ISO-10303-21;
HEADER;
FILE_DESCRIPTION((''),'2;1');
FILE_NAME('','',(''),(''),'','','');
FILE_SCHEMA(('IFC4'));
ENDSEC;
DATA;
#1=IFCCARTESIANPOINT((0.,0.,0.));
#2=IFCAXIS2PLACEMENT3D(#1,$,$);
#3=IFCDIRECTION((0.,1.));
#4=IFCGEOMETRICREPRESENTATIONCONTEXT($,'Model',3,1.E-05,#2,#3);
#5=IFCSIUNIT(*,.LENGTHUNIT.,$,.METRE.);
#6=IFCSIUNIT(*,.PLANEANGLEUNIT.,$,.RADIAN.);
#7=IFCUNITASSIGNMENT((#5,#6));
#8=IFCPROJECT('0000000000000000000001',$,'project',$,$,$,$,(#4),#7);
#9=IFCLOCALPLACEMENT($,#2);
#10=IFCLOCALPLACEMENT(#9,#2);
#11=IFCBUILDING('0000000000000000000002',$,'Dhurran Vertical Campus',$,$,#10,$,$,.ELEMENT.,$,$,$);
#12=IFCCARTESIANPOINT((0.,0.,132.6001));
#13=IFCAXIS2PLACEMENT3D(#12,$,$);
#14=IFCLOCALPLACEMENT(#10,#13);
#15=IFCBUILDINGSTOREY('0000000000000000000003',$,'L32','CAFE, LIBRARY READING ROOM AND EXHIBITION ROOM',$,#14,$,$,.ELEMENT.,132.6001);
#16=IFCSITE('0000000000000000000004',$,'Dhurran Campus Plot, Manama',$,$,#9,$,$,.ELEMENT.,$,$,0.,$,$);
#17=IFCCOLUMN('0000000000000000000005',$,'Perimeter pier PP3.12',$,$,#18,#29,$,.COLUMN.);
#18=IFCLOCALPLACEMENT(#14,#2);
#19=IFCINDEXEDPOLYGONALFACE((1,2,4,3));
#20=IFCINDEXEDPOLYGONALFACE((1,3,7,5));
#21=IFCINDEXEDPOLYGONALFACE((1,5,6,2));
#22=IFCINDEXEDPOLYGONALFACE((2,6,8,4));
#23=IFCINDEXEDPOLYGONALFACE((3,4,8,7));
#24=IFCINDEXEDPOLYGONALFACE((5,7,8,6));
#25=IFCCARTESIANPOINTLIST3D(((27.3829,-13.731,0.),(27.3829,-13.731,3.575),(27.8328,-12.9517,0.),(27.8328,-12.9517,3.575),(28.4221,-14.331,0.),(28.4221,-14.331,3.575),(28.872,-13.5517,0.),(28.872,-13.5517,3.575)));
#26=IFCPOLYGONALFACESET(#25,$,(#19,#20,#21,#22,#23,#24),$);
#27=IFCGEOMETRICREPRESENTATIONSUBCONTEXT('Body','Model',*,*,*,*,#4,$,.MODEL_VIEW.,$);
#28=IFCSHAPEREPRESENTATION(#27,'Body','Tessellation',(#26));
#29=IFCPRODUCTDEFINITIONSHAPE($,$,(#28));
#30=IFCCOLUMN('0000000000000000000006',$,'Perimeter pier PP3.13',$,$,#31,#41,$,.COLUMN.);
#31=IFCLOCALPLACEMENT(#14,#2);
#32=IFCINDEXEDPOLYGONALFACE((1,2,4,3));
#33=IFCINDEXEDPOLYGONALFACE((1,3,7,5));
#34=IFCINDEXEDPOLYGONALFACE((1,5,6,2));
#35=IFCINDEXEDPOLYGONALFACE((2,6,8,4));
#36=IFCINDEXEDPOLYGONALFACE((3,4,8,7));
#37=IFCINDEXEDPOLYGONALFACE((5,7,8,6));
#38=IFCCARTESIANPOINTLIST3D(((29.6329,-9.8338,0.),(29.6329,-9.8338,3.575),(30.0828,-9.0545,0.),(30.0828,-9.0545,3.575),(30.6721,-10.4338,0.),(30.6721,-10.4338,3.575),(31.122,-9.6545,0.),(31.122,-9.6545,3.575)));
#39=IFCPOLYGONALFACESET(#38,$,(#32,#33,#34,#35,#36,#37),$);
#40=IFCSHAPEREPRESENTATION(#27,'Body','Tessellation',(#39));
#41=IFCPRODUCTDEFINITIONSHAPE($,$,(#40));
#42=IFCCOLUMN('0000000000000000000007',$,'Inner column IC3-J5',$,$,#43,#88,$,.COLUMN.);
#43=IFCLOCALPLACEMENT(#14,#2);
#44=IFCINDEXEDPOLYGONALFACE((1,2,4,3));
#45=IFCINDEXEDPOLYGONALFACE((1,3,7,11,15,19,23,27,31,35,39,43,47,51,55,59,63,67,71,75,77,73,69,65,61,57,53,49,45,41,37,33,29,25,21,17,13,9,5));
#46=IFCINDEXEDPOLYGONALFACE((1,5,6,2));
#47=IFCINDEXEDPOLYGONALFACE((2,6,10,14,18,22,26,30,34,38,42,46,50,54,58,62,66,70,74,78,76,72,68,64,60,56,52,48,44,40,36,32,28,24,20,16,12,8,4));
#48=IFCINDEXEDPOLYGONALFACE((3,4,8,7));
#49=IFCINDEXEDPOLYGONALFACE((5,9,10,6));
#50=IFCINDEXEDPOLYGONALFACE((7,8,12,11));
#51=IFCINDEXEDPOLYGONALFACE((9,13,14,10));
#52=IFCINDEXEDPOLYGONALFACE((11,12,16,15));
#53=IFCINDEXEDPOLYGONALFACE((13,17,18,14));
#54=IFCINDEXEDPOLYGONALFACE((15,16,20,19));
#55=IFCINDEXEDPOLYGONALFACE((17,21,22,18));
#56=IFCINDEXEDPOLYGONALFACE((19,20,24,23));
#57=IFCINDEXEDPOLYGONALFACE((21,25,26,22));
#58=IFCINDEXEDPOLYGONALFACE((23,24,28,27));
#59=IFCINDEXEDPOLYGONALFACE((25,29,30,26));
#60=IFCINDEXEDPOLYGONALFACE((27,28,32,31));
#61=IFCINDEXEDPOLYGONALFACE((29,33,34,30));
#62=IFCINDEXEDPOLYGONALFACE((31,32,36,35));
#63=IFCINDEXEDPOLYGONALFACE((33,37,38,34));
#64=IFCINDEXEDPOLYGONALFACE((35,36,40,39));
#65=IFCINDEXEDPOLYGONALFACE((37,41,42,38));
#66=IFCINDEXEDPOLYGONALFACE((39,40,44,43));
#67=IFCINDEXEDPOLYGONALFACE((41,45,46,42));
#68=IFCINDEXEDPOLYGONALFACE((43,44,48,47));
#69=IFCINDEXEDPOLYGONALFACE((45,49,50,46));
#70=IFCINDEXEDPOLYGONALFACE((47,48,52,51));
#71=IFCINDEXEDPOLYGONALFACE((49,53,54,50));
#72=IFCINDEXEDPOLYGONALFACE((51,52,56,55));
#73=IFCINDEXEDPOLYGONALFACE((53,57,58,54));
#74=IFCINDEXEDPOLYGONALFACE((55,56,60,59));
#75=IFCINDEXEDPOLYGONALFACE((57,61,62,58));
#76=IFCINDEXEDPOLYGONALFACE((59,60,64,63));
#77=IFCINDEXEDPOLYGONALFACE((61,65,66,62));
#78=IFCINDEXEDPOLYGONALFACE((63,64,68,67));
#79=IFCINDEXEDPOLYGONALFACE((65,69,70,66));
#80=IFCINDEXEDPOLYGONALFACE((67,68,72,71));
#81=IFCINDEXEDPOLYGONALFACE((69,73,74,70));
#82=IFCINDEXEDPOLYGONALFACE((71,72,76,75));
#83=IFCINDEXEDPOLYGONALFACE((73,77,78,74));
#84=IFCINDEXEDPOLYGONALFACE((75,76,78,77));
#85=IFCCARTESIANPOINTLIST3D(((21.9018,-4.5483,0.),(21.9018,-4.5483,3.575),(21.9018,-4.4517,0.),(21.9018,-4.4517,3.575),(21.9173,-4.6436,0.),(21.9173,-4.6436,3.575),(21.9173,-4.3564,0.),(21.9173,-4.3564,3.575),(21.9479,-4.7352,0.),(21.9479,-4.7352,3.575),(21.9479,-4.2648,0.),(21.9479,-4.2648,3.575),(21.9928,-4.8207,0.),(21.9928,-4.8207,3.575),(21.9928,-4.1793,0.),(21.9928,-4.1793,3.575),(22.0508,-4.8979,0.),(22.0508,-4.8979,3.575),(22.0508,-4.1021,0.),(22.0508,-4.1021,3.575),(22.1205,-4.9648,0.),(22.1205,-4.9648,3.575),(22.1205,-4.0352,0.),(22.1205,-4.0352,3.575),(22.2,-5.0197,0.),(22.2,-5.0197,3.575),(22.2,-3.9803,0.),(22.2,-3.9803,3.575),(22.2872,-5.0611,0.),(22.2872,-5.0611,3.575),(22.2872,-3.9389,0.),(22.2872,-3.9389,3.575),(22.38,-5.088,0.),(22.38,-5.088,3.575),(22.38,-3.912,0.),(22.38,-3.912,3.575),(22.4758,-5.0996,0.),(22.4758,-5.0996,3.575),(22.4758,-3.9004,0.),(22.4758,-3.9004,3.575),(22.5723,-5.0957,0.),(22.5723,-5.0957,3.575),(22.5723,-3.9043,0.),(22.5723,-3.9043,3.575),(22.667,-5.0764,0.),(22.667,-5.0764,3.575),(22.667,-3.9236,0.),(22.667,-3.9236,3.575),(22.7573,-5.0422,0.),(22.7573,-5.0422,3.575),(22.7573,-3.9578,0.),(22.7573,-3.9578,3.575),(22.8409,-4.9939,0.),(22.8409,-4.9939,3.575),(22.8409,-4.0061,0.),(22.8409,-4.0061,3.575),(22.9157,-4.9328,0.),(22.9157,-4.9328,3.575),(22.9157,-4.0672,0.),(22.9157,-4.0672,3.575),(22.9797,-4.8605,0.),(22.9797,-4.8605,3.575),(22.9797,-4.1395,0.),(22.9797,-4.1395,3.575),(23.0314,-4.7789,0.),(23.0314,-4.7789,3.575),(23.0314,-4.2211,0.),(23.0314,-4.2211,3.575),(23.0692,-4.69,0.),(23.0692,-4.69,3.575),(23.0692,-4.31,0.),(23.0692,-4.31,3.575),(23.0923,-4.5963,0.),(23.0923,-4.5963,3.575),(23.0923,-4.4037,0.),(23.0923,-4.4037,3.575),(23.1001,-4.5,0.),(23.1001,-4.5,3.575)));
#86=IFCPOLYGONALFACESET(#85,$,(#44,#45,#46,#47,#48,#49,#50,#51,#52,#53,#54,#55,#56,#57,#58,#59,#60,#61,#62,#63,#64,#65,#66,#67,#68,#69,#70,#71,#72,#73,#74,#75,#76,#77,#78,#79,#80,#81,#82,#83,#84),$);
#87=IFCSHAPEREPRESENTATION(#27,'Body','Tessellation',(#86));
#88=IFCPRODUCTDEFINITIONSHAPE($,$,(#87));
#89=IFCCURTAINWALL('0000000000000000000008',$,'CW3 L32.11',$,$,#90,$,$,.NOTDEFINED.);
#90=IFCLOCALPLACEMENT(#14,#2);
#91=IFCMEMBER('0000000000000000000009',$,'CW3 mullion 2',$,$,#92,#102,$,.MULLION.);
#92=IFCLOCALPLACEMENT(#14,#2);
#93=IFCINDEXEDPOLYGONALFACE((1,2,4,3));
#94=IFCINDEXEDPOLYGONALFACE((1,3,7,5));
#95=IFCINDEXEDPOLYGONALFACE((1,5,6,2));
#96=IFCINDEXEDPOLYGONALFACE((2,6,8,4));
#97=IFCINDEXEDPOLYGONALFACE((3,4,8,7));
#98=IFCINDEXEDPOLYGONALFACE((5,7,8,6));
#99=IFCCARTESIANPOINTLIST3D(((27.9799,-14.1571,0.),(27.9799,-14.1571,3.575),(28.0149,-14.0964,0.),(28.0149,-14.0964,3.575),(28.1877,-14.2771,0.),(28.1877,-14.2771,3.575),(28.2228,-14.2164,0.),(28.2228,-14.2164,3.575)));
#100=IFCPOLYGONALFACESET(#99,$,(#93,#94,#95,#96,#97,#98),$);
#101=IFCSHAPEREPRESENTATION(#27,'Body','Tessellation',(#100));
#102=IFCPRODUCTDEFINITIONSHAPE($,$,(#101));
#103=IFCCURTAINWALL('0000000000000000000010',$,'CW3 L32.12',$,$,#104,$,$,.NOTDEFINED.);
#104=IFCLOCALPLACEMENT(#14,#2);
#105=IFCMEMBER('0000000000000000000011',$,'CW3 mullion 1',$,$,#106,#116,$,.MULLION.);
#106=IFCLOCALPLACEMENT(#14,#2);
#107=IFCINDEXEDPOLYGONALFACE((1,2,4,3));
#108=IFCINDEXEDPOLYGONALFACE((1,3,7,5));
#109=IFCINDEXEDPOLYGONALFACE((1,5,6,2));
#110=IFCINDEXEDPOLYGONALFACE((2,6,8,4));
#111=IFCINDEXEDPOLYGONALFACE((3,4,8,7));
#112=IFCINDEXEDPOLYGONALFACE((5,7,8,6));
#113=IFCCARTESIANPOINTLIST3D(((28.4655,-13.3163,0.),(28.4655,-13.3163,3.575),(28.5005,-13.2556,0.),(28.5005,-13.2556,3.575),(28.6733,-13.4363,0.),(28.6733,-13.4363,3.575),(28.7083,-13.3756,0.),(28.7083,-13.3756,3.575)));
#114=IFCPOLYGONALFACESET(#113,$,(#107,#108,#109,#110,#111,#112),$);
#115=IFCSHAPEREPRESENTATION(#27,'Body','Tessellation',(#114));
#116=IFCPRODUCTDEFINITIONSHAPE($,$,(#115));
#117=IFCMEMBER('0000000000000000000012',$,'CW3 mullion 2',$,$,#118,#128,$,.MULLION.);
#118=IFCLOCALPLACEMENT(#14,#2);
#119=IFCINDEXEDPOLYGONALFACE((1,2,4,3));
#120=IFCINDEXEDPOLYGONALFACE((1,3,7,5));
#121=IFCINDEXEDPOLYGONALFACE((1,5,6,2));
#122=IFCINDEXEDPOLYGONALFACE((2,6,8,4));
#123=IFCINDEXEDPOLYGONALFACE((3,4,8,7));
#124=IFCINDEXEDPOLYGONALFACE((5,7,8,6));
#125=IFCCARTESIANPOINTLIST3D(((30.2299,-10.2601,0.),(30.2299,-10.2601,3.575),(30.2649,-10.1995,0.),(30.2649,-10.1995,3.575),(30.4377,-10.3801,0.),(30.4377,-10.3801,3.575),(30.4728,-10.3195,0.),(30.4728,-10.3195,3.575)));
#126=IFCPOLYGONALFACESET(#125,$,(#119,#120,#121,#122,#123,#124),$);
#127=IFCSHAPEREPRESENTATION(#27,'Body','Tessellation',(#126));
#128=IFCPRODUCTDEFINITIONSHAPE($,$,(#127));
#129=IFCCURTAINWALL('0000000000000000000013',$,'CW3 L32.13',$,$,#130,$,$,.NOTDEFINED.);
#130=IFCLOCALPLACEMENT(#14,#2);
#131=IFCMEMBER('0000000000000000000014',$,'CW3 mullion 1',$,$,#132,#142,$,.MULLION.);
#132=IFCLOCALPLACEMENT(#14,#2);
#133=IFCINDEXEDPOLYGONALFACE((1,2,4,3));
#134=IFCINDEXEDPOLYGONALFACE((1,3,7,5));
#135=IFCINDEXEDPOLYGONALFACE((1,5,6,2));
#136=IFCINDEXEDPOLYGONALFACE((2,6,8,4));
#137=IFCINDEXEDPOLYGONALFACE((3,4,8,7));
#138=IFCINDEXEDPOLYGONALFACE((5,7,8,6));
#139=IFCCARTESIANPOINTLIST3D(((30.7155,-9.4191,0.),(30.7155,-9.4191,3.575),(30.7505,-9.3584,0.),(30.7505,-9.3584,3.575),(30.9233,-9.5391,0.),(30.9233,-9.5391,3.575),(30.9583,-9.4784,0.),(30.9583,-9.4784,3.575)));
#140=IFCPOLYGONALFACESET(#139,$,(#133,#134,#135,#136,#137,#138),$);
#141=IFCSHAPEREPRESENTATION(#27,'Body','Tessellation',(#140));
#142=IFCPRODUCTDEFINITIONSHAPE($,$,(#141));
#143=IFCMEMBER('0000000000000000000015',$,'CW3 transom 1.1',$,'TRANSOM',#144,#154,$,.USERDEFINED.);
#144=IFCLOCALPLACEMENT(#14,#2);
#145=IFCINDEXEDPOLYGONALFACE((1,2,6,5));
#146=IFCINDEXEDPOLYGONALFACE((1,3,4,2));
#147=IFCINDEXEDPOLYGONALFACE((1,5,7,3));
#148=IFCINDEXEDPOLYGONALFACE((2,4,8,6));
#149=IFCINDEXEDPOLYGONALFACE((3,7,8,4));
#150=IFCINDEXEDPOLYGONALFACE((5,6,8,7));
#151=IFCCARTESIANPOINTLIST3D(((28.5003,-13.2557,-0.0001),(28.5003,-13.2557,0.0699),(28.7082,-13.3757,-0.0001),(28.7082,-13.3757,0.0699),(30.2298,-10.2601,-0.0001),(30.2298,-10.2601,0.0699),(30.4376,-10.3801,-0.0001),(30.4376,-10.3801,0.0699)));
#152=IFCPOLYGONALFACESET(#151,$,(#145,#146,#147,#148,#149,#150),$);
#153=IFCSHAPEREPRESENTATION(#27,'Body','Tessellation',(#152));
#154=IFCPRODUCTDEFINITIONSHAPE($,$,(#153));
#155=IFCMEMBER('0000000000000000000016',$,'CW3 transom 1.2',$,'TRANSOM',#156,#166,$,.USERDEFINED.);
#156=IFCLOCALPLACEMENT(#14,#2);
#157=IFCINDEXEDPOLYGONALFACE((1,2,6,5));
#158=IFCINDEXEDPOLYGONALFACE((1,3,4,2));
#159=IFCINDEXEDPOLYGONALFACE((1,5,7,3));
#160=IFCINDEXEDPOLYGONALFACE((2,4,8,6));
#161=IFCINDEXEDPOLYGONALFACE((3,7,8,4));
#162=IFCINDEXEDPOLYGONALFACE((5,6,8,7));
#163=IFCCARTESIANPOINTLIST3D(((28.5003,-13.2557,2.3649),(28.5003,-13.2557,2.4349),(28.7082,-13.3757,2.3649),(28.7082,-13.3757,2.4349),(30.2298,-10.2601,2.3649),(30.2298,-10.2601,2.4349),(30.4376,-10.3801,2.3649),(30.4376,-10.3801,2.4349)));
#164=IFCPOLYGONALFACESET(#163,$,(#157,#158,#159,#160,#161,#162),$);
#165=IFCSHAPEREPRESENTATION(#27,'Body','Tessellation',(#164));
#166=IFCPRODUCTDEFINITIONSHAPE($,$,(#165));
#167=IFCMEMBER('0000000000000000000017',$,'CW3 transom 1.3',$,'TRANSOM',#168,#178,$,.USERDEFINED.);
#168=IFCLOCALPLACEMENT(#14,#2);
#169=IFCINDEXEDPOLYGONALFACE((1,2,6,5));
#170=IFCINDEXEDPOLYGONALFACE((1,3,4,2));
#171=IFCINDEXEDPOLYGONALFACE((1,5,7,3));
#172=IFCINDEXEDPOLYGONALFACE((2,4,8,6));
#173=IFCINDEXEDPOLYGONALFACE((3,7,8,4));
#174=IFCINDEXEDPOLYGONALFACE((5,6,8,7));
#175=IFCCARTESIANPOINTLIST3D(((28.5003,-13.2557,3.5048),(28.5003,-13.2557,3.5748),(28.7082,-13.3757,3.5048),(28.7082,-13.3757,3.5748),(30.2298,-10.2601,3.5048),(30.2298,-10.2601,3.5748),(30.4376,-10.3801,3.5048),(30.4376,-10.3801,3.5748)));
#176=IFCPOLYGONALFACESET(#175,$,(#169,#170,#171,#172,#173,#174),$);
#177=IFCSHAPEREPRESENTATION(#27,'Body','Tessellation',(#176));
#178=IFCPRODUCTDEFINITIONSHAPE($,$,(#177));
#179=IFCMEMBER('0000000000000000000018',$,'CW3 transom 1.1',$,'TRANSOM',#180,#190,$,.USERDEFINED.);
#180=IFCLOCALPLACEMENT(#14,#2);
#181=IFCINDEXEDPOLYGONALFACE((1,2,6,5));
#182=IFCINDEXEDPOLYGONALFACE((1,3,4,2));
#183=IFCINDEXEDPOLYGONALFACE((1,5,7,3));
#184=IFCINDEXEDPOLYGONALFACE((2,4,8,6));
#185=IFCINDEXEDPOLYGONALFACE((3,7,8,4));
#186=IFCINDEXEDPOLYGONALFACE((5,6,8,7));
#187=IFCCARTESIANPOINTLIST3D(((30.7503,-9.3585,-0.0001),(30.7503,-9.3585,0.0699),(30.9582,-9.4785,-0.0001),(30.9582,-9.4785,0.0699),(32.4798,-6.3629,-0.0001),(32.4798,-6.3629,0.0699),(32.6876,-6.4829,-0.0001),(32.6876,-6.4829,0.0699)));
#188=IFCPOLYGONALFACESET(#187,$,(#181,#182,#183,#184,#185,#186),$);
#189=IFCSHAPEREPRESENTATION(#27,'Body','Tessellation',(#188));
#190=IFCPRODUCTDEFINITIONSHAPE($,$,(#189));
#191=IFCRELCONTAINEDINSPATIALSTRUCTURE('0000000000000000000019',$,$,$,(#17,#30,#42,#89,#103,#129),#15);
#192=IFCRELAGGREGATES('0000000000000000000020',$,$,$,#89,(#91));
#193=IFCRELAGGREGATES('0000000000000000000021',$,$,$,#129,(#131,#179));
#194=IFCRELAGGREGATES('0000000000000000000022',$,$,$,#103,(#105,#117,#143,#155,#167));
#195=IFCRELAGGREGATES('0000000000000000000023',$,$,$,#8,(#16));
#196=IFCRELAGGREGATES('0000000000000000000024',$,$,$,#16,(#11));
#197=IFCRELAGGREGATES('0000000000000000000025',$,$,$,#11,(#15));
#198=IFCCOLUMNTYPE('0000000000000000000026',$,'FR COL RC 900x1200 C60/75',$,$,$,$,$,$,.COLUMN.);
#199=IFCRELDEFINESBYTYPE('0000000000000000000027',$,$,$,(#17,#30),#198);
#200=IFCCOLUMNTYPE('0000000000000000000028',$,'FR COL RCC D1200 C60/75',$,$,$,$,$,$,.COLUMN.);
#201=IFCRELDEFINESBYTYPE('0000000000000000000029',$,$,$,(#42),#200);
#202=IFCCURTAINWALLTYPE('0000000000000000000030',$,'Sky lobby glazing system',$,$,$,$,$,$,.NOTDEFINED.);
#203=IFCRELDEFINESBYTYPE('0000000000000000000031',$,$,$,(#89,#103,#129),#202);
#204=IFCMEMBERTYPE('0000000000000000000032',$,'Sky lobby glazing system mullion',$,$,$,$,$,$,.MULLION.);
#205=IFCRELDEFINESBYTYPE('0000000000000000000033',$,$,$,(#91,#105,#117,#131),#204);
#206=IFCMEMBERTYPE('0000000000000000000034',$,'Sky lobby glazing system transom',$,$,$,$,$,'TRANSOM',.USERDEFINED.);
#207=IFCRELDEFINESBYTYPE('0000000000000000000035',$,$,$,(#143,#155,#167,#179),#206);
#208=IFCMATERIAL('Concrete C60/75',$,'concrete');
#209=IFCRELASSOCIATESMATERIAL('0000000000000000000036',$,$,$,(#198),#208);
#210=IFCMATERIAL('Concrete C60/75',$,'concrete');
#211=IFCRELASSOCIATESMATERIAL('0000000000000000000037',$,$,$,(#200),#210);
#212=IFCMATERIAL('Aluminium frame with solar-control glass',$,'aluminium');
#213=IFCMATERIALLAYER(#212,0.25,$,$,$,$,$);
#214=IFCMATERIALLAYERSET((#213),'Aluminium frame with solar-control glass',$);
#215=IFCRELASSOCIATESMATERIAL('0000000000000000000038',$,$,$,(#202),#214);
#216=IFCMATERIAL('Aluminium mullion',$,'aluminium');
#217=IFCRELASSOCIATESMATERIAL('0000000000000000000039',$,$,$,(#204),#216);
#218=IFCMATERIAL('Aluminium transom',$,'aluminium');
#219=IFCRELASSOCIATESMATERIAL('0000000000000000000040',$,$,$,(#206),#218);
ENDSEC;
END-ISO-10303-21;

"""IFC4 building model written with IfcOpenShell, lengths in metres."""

from ifc_helpers import new_model, si_unit, direction, frame, origin, origin_2d, place, context, subcontext, project, spatial, rectangle, circle, extrude, material, layer, layer_set, material_profile, profile_set, type_object, element, aggregate, save


model = new_model("IFC4")

# Units and contexts
model_context = context("Model", 3, precision=1e-05, world=origin(), true_north=direction((0.0, 1.0)))
body_context = subcontext(model_context, "Body", "Model", "MODEL_VIEW")
ifc_project = project(units=[si_unit("LENGTHUNIT", "METRE"), si_unit("PLANEANGLEUNIT", "RADIAN")], contexts=[model_context])

# Site, building, storey
site_placement = place(None, origin())
site = spatial("IfcSite", under=ifc_project, at=site_placement, Name="Dhurran Campus Plot, Manama", CompositionType="ELEMENT", RefElevation=0.0)
building_placement = place(site_placement, origin())
building = spatial("IfcBuilding", under=site, at=building_placement, Name="Dhurran Vertical Campus", CompositionType="ELEMENT")
storey_placement = place(building_placement, frame((0.0, 0.0, 132.6001)))
storey = spatial("IfcBuildingStorey", under=building, at=storey_placement, Name="L32", Description="CAFE, LIBRARY READING ROOM AND EXHIBITION ROOM", CompositionType="ELEMENT", Elevation=132.6001)

# Columns
ifc_material_1 = material(Name="Concrete C60/75", Category="concrete")
ifc_material_profile_1 = material_profile(ifc_material_1, rectangle(XDim=0.8999, YDim=1.2, at=origin_2d()), Name="RC 900x1200")
ifc_profile_set_1 = profile_set([ifc_material_profile_1], Name="Concrete C60/75")
column_type_1 = type_object("IfcColumnType", Name="FR COL RC 900x1200 C60/75", PredefinedType="COLUMN", material=ifc_profile_set_1)
for number, where, z_axis, x_axis, name in (
    (1, (28.1274, -13.6414, 0.0), (0.0, 0.0, 1.0), (0.5, 0.866025, 0.0), "Perimeter pier PP3.12"),
    (2, (30.3774, -9.7441, 0.0), (0.0, 0.0, 1.0), (0.5, 0.866025, 0.0), "Perimeter pier PP3.13"),
):
    element("IfcColumn", number, at=place(storey_placement, frame(where, z_axis=z_axis, x_axis=x_axis)), inside=storey, type_object=column_type_1, Name=name, PredefinedType="COLUMN", context=body_context, shape_type="SweptSolid", body=[
        extrude(rectangle(XDim=0.8999, YDim=1.2, at=origin_2d()), origin(), (0.0, 0.0, 1.0), 3.575),
    ])
ifc_material_2 = material(Name="Concrete C60/75", Category="concrete")
ifc_material_profile_2 = material_profile(ifc_material_2, circle(Radius=0.6001, at=origin_2d()), Name="RCC D1200")
ifc_profile_set_2 = profile_set([ifc_material_profile_2], Name="Concrete C60/75")
column_type_2 = type_object("IfcColumnType", Name="FR COL RCC D1200 C60/75", PredefinedType="COLUMN", material=ifc_profile_set_2)
column_placement = place(storey_placement, frame((22.5, -4.5, 0.0), z_axis=(0.0, 0.0, 1.0), x_axis=(1.0, 0.0, 0.0)))
element("IfcColumn", 3, at=column_placement, inside=storey, type_object=column_type_2, Name="Inner column IC3-J5", PredefinedType="COLUMN", context=body_context, shape_type="SweptSolid", body=[
    extrude(circle(Radius=0.6001, at=origin_2d()), origin(), (0.0, 0.0, 1.0), 3.575),
])

# Curtain wall, member
ifc_material_3 = material(Name="Aluminium frame with solar-control glass", Category="aluminium")
ifc_layer_1 = layer(ifc_material_3, 0.25)
ifc_layer_set_1 = layer_set([ifc_layer_1], Name="Aluminium frame with solar-control glass")
curtain_wall_type = type_object("IfcCurtainWallType", Name="Sky lobby glazing system", PredefinedType="NOTDEFINED", material=ifc_layer_set_1)
curtain_wall_1_placement = place(storey_placement, origin())
curtain_wall_1 = element("IfcCurtainWall", 4, at=curtain_wall_1_placement, inside=storey, type_object=curtain_wall_type, Name="CW3 L32.11", PredefinedType="NOTDEFINED")
ifc_material_4 = material(Name="Aluminium mullion", Category="aluminium")
ifc_material_profile_3 = material_profile(ifc_material_4, rectangle(XDim=0.24, YDim=0.0701, at=origin_2d()), Name="Sky lobby glazing system mullion")
ifc_profile_set_3 = profile_set([ifc_material_profile_3], Name="Aluminium mullion")
member_type_1 = type_object("IfcMemberType", Name="Sky lobby glazing system mullion", PredefinedType="MULLION", material=ifc_profile_set_3)
member_1_placement = place(storey_placement, frame((28.1013, -14.1868, 0.0), z_axis=(0.0, 0.0, 1.0), x_axis=(-0.866024, 0.500003, 0.0)))
member_1 = element("IfcMember", 5, at=member_1_placement, type_object=member_type_1, Name="CW3 mullion 2", PredefinedType="MULLION", context=body_context, shape_type="SweptSolid", body=[
    extrude(rectangle(XDim=0.24, YDim=0.0701, at=origin_2d()), origin(), (0.0, 0.0, 1.0), 3.575),
])
aggregate(curtain_wall_1, [member_1])

# Curtain wall, members
curtain_wall_2_placement = place(storey_placement, origin())
curtain_wall_2 = element("IfcCurtainWall", 6, at=curtain_wall_2_placement, inside=storey, type_object=curtain_wall_type, Name="CW3 L32.12", PredefinedType="NOTDEFINED")
member_2_placement = place(storey_placement, frame((28.5869, -13.3459, 0.0), z_axis=(0.0, 0.0, 1.0), x_axis=(-0.866024, 0.500003, 0.0)))
member_2 = element("IfcMember", 7, at=member_2_placement, type_object=member_type_1, Name="CW3 mullion 1", PredefinedType="MULLION", context=body_context, shape_type="SweptSolid", body=[
    extrude(rectangle(XDim=0.24, YDim=0.0701, at=origin_2d()), origin(), (0.0, 0.0, 1.0), 3.575),
])
member_3_placement = place(storey_placement, frame((30.3513, -10.2898, 0.0), z_axis=(0.0, 0.0, 1.0), x_axis=(-0.866024, 0.500003, 0.0)))
member_3 = element("IfcMember", 8, at=member_3_placement, type_object=member_type_1, Name="CW3 mullion 2", PredefinedType="MULLION", context=body_context, shape_type="SweptSolid", body=[
    extrude(rectangle(XDim=0.24, YDim=0.0701, at=origin_2d()), origin(), (0.0, 0.0, 1.0), 3.575),
])

# Curtain wall, member
curtain_wall_3_placement = place(storey_placement, origin())
curtain_wall_3 = element("IfcCurtainWall", 9, at=curtain_wall_3_placement, inside=storey, type_object=curtain_wall_type, Name="CW3 L32.13", PredefinedType="NOTDEFINED")
member_4_placement = place(storey_placement, frame((30.8369, -9.4487, 0.0), z_axis=(0.0, 0.0, 1.0), x_axis=(-0.866024, 0.500003, 0.0)))
member_4 = element("IfcMember", 10, at=member_4_placement, type_object=member_type_1, Name="CW3 mullion 1", PredefinedType="MULLION", context=body_context, shape_type="SweptSolid", body=[
    extrude(rectangle(XDim=0.24, YDim=0.0701, at=origin_2d()), origin(), (0.0, 0.0, 1.0), 3.575),
])

# Members
ifc_material_5 = material(Name="Aluminium transom", Category="aluminium")
ifc_material_profile_4 = material_profile(ifc_material_5, rectangle(XDim=0.24, YDim=0.0701, at=origin_2d()), Name="Sky lobby glazing system transom")
ifc_profile_set_4 = profile_set([ifc_material_profile_4], Name="Aluminium transom")
member_type_2 = type_object("IfcMemberType", Name="Sky lobby glazing system transom", ElementType="TRANSOM", PredefinedType="USERDEFINED", material=ifc_profile_set_4)
member_5_placement = place(storey_placement, frame((28.6042, -13.3157, 0.0349), z_axis=(0.499995, 0.866028, 0.0), x_axis=(-0.866028, 0.499995, 0.0)))
member_5 = element("IfcMember", 11, at=member_5_placement, type_object=member_type_2, Name="CW3 transom 1.1", ObjectType="TRANSOM", PredefinedType="USERDEFINED", context=body_context, shape_type="SweptSolid", body=[
    extrude(rectangle(XDim=0.24, YDim=0.0701, at=origin_2d()), origin(), (0.0, 0.0, 1.0), 3.459),
])
member_6_placement = place(storey_placement, frame((28.6042, -13.3157, 2.3999), z_axis=(0.499995, 0.866028, 0.0), x_axis=(-0.866028, 0.499995, 0.0)))
member_6 = element("IfcMember", 12, at=member_6_placement, type_object=member_type_2, Name="CW3 transom 1.2", ObjectType="TRANSOM", PredefinedType="USERDEFINED", context=body_context, shape_type="SweptSolid", body=[
    extrude(rectangle(XDim=0.24, YDim=0.0701, at=origin_2d()), origin(), (0.0, 0.0, 1.0), 3.459),
])
member_7_placement = place(storey_placement, frame((28.6042, -13.3157, 3.5398), z_axis=(0.499995, 0.866028, 0.0), x_axis=(-0.866028, 0.499995, 0.0)))
member_7 = element("IfcMember", 13, at=member_7_placement, type_object=member_type_2, Name="CW3 transom 1.3", ObjectType="TRANSOM", PredefinedType="USERDEFINED", context=body_context, shape_type="SweptSolid", body=[
    extrude(rectangle(XDim=0.24, YDim=0.0701, at=origin_2d()), origin(), (0.0, 0.0, 1.0), 3.459),
])
member_8_placement = place(storey_placement, frame((30.8542, -9.4185, 0.0349), z_axis=(0.499995, 0.866028, 0.0), x_axis=(-0.866028, 0.499995, 0.0)))
member_8 = element("IfcMember", 14, at=member_8_placement, type_object=member_type_2, Name="CW3 transom 1.1", ObjectType="TRANSOM", PredefinedType="USERDEFINED", context=body_context, shape_type="SweptSolid", body=[
    extrude(rectangle(XDim=0.24, YDim=0.0701, at=origin_2d()), origin(), (0.0, 0.0, 1.0), 3.459),
])
aggregate(curtain_wall_3, [member_4, member_8])

aggregate(curtain_wall_2, [member_2, member_3, member_5, member_6, member_7])

save(model, "model.ifc")
